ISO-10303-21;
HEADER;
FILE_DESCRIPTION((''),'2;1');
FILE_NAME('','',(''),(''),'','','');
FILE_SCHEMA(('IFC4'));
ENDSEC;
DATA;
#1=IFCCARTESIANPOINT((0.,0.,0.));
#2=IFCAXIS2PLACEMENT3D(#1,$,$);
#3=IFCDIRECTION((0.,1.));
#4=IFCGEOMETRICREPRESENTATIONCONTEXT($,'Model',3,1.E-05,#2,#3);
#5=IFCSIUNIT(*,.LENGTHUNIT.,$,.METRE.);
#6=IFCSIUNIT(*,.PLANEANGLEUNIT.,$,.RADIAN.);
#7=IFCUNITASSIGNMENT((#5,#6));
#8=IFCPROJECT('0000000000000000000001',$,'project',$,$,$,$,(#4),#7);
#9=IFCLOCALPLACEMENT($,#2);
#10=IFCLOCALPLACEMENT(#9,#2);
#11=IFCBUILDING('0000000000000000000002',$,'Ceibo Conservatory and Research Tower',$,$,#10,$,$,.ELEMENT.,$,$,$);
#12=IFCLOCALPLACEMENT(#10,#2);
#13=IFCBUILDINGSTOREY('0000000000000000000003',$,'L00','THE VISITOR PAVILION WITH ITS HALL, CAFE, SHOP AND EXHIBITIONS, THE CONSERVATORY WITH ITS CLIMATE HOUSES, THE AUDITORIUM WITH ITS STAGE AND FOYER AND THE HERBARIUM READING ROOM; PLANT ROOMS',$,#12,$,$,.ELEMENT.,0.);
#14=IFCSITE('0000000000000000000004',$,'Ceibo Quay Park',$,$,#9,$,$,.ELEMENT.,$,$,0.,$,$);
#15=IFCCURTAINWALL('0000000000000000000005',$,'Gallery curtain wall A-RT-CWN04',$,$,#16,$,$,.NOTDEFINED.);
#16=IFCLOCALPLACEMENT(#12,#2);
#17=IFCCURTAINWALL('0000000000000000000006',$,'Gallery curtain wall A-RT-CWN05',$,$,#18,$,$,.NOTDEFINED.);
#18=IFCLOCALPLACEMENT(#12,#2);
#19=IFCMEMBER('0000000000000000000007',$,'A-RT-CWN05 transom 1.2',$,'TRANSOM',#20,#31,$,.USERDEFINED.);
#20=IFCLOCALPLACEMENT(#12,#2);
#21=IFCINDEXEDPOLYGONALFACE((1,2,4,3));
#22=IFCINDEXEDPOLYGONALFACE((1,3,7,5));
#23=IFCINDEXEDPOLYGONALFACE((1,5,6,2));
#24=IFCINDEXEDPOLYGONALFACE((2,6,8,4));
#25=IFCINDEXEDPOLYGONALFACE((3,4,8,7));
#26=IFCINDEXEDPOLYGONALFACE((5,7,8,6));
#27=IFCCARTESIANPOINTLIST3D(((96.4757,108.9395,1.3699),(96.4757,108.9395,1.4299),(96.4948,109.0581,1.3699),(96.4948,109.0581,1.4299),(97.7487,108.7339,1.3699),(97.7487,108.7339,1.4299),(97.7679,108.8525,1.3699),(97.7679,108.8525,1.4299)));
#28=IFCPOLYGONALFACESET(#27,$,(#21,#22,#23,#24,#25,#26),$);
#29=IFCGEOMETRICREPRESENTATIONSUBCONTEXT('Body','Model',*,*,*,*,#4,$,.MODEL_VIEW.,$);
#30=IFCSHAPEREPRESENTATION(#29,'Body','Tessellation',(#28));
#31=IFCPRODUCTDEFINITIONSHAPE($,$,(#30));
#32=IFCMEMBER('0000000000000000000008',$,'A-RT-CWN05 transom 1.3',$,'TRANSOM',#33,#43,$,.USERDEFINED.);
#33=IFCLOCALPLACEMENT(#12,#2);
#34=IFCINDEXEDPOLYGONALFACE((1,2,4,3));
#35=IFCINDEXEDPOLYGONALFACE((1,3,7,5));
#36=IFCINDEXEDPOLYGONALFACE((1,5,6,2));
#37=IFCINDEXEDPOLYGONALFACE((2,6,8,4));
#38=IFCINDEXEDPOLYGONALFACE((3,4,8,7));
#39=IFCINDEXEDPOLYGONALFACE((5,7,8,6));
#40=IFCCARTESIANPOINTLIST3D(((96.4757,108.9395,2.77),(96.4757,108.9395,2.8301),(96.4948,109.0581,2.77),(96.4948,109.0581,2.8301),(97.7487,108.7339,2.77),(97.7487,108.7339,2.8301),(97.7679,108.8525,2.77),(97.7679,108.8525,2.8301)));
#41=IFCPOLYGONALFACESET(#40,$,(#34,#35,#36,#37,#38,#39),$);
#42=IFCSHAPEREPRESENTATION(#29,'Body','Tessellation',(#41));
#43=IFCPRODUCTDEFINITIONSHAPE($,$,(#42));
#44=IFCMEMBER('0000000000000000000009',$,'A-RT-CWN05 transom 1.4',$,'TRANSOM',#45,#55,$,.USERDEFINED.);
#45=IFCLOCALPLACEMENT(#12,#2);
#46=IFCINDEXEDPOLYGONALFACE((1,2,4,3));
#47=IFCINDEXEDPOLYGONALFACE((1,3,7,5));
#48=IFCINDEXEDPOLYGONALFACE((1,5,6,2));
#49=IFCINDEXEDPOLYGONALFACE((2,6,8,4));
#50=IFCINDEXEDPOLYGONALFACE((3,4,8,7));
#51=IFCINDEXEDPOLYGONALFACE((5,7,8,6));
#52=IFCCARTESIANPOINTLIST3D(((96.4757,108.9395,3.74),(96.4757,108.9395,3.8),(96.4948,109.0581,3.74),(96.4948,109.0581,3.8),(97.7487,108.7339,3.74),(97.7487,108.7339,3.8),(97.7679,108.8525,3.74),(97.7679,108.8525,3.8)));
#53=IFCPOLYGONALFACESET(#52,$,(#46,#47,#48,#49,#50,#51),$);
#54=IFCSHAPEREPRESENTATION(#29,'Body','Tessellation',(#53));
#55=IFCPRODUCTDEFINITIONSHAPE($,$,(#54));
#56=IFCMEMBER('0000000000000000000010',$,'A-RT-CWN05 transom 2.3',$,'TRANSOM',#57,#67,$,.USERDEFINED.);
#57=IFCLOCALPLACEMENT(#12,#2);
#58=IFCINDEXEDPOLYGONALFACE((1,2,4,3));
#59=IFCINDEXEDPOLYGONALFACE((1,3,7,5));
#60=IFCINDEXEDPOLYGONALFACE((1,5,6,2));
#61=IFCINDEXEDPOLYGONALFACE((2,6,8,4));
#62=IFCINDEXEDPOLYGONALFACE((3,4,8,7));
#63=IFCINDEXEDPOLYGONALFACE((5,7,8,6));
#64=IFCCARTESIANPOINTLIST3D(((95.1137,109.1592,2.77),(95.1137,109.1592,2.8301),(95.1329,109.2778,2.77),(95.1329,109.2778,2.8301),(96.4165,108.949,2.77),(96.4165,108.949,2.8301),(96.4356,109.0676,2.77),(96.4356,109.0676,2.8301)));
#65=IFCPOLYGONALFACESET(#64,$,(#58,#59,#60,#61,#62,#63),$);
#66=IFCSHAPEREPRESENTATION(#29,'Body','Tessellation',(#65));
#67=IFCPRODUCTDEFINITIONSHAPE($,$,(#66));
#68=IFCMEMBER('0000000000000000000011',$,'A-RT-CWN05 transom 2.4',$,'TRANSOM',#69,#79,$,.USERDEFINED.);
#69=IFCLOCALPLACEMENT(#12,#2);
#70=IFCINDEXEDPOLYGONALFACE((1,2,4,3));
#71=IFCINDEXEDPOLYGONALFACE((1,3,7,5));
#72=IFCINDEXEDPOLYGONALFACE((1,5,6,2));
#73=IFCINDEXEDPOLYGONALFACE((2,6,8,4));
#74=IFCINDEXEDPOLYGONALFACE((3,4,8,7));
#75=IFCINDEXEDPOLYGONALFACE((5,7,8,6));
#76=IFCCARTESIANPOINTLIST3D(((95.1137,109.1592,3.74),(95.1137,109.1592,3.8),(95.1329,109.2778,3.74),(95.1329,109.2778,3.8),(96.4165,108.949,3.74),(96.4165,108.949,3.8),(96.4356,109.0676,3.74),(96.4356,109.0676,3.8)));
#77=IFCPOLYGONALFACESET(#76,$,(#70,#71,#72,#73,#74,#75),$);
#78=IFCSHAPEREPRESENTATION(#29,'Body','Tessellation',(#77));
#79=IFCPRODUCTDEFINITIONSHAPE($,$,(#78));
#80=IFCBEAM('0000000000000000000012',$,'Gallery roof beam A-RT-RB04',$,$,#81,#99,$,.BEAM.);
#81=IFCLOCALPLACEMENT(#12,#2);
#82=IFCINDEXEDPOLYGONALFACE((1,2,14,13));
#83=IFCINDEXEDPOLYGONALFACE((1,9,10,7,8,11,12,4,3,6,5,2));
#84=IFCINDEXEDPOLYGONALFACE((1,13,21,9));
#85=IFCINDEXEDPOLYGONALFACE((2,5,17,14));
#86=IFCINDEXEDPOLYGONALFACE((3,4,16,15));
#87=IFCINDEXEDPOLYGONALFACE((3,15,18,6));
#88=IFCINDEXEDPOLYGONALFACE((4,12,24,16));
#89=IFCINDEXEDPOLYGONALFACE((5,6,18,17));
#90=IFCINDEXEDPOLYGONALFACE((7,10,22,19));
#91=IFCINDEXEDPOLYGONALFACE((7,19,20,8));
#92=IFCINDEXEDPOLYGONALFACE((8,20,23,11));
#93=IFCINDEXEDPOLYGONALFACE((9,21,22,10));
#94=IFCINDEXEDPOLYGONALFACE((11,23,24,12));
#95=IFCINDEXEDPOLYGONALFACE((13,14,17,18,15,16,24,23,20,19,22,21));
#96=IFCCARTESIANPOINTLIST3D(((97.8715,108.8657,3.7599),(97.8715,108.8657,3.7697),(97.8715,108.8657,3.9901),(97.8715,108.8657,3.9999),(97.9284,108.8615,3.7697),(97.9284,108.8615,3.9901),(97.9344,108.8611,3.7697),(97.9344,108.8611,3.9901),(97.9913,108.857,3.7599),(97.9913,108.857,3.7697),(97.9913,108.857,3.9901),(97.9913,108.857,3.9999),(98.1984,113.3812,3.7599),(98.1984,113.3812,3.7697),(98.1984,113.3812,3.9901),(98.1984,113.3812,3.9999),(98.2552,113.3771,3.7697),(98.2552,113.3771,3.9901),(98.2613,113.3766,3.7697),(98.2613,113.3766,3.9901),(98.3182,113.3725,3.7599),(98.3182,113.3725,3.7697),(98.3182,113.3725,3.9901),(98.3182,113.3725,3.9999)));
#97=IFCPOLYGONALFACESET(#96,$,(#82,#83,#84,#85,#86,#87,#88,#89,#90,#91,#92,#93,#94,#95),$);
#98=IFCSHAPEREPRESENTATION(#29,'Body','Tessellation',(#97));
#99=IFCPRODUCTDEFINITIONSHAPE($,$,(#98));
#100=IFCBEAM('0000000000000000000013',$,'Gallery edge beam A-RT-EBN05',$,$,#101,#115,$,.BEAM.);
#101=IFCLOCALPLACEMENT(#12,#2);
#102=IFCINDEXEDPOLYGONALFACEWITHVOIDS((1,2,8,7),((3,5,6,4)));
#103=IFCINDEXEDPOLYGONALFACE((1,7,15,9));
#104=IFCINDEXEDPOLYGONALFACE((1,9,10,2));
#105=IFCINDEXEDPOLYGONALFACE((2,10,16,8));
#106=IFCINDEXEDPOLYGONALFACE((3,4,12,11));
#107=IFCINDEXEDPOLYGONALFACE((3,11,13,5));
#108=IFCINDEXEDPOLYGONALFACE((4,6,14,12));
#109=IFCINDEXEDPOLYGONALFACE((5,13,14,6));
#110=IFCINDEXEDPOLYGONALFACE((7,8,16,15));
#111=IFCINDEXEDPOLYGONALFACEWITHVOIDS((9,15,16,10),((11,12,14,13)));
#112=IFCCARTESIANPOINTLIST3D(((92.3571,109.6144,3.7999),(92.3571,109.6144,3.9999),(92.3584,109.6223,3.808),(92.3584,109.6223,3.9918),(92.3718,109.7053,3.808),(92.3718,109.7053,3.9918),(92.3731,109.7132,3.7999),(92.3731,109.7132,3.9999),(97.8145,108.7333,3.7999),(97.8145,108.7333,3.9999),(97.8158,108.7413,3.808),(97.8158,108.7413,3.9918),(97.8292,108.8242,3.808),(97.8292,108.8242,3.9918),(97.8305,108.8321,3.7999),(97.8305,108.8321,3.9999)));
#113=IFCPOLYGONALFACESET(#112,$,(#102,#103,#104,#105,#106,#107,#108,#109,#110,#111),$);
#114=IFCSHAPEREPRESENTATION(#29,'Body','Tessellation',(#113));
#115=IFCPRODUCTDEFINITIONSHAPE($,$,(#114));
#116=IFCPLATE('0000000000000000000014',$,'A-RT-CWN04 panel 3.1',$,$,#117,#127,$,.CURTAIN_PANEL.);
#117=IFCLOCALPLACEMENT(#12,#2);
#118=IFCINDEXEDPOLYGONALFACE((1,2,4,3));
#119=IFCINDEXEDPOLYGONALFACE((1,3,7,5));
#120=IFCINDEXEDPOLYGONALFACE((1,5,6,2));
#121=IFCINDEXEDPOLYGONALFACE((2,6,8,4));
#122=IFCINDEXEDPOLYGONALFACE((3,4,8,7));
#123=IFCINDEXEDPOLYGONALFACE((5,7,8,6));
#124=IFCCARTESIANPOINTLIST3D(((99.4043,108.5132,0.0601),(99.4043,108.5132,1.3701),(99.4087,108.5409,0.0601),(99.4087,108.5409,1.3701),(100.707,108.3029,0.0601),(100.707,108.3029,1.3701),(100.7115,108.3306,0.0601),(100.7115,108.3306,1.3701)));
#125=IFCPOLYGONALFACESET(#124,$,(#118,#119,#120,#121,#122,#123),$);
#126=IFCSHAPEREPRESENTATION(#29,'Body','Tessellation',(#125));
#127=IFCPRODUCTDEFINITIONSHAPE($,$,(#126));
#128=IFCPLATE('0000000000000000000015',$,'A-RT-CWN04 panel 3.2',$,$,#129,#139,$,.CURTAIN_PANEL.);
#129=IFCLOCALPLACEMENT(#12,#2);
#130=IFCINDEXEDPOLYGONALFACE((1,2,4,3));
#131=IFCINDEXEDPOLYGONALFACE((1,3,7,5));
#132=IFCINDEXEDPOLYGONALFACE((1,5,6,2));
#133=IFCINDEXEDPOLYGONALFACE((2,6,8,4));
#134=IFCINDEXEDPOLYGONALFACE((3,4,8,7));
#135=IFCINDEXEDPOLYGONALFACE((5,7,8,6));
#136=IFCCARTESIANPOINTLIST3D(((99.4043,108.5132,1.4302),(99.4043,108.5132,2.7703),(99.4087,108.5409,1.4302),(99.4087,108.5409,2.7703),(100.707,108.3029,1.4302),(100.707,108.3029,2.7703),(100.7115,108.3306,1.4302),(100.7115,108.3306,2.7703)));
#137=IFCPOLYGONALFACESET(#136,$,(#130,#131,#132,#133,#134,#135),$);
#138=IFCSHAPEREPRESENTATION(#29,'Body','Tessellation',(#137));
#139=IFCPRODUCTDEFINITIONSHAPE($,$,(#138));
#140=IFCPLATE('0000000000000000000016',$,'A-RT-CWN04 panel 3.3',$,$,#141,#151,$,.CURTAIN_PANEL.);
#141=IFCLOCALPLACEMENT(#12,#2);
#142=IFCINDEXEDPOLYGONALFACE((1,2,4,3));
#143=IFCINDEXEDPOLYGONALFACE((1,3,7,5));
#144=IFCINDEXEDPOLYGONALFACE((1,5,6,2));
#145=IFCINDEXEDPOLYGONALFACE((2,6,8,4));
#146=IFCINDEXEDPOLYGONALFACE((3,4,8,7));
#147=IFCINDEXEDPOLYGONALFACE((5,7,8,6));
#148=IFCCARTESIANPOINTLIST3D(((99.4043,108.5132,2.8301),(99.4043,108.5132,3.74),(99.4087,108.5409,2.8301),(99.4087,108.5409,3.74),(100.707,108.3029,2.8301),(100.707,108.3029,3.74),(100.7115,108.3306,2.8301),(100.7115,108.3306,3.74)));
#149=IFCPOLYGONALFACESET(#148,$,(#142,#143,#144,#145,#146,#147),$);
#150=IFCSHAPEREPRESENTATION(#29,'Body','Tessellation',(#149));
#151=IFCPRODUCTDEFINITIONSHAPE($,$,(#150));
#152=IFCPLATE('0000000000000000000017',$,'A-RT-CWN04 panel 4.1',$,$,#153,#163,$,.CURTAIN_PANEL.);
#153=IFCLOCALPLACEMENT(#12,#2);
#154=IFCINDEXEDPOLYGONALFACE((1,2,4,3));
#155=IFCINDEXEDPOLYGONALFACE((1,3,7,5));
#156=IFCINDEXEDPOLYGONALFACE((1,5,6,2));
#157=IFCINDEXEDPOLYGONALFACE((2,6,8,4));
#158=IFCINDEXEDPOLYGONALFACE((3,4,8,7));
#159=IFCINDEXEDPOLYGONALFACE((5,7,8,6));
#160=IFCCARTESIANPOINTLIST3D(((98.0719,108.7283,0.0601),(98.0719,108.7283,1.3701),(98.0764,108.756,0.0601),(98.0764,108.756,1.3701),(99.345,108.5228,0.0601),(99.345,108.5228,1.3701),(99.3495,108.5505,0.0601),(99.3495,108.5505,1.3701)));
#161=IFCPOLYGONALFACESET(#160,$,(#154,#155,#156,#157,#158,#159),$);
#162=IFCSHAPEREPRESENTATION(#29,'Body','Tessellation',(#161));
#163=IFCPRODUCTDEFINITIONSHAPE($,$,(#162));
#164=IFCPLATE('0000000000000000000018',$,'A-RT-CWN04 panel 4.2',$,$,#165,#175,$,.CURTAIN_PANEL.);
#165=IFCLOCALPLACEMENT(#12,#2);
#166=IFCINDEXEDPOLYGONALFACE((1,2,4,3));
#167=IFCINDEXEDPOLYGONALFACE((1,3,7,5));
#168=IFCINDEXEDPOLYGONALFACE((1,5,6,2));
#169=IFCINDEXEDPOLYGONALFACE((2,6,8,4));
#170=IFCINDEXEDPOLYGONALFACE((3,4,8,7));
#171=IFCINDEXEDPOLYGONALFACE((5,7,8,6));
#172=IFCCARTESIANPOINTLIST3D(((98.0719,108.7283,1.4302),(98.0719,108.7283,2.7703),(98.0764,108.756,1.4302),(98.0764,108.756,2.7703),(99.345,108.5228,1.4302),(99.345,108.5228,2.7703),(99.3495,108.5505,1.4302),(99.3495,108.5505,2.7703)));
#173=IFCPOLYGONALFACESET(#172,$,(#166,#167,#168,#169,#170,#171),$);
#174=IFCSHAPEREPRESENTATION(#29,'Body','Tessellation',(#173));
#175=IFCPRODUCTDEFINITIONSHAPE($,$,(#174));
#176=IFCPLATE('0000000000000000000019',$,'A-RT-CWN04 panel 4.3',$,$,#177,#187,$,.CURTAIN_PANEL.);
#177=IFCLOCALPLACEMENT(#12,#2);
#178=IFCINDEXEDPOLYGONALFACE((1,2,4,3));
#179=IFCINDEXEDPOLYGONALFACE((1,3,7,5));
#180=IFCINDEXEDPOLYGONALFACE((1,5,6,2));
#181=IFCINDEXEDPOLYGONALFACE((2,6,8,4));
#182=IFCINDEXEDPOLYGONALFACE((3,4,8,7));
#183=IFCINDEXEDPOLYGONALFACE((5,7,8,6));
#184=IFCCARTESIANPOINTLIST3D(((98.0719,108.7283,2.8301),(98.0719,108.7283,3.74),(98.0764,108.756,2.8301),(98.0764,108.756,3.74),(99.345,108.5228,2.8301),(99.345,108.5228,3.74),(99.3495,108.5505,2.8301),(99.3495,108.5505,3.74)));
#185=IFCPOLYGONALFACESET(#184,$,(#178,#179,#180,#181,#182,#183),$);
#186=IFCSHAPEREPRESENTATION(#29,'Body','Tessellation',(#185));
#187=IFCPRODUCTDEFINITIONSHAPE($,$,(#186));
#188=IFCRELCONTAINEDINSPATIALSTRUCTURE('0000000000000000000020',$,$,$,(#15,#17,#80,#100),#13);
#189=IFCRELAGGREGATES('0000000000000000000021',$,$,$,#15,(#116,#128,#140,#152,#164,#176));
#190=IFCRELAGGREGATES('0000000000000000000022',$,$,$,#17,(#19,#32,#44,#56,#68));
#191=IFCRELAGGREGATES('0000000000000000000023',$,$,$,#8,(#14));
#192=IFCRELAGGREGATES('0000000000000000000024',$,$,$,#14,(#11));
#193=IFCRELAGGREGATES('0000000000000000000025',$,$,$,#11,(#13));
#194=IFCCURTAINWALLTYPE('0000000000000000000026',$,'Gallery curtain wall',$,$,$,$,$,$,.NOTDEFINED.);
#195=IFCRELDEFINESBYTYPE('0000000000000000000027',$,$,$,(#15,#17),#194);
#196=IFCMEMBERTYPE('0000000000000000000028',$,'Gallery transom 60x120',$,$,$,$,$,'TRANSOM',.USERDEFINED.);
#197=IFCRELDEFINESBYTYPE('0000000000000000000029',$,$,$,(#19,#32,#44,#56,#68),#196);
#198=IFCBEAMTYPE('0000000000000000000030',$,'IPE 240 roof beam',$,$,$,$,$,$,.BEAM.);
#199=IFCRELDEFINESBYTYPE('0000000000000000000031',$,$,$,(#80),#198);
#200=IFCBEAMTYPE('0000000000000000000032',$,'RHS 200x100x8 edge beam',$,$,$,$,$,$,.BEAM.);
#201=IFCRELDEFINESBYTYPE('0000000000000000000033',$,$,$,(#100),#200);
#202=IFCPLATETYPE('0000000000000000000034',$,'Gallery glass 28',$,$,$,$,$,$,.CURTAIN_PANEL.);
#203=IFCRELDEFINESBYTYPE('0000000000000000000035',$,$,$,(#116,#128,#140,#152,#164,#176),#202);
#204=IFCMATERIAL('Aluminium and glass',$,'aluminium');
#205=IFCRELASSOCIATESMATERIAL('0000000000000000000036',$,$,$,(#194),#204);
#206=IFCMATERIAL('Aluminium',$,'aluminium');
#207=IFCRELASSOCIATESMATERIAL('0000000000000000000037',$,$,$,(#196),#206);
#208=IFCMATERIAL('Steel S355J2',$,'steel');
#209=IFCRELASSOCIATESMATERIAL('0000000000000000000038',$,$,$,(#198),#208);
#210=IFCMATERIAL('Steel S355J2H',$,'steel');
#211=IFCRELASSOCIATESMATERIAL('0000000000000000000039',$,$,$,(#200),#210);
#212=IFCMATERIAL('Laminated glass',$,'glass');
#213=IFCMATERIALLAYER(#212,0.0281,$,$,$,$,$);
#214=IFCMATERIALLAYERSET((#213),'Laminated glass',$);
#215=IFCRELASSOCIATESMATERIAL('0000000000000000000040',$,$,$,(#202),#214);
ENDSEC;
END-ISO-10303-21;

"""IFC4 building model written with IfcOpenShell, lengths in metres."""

from ifc_helpers import new_model, si_unit, direction, frame, origin, origin_2d, place, context, subcontext, project, spatial, rectangle, hollow_rectangle, i_section, extrude, material, layer, layer_set, material_profile, profile_set, type_object, element, aggregate, save


model = new_model("IFC4")

# Units and contexts
model_context = context("Model", 3, precision=1e-05, world=origin(), true_north=direction((0.0, 1.0)))
body_context = subcontext(model_context, "Body", "Model", "MODEL_VIEW")
ifc_project = project(units=[si_unit("LENGTHUNIT", "METRE"), si_unit("PLANEANGLEUNIT", "RADIAN")], contexts=[model_context])

# Site, building, storey
site_placement = place(None, origin())
site = spatial("IfcSite", under=ifc_project, at=site_placement, Name="Ceibo Quay Park", CompositionType="ELEMENT", RefElevation=0.0)
building_placement = place(site_placement, origin())
building = spatial("IfcBuilding", under=site, at=building_placement, Name="Ceibo Conservatory and Research Tower", CompositionType="ELEMENT")
storey_placement = place(building_placement, origin())
storey = spatial("IfcBuildingStorey", under=building, at=storey_placement, Name="L00", Description="THE VISITOR PAVILION WITH ITS HALL, CAFE, SHOP AND EXHIBITIONS, THE CONSERVATORY WITH ITS CLIMATE HOUSES, THE AUDITORIUM WITH ITS STAGE AND FOYER AND THE HERBARIUM READING ROOM; PLANT ROOMS", CompositionType="ELEMENT", Elevation=0.0)

# Shared definitions
ifc_material_1 = material(Name="Steel S355J2H", Category="steel")

# Curtain walls
ifc_material_2 = material(Name="Aluminium and glass", Category="aluminium")
curtain_wall_type = type_object("IfcCurtainWallType", Name="Gallery curtain wall", PredefinedType="NOTDEFINED", material=ifc_material_2)
curtain_wall_1_placement = place(storey_placement, origin())
curtain_wall_1 = element("IfcCurtainWall", 1, at=curtain_wall_1_placement, inside=storey, type_object=curtain_wall_type, Name="Gallery curtain wall A-RT-CWN04", PredefinedType="NOTDEFINED")
ifc_material_3 = material(Name="Aluminium", Category="aluminium")
curtain_wall_2_placement = place(storey_placement, origin())
curtain_wall_2 = element("IfcCurtainWall", 2, at=curtain_wall_2_placement, inside=storey, type_object=curtain_wall_type, Name="Gallery curtain wall A-RT-CWN05", PredefinedType="NOTDEFINED")

# Members
ifc_material_profile_1 = material_profile(ifc_material_3, rectangle(XDim=0.1201, YDim=0.0601, at=origin_2d()), Name="AL 60x120")
ifc_profile_set_1 = profile_set([ifc_material_profile_1], Name="Aluminium")
member_type_1 = type_object("IfcMemberType", Name="Gallery transom 60x120", ElementType="TRANSOM", PredefinedType="USERDEFINED", material=ifc_profile_set_1)
member_1_placement = place(storey_placement, frame((97.7583, 108.7932, 1.3999), z_axis=(-0.98721, 0.159423, 0.0), x_axis=(-0.159423, -0.98721, 0.0)))
member_1 = element("IfcMember", 3, at=member_1_placement, type_object=member_type_1, Name="A-RT-CWN05 transom 1.2", ObjectType="TRANSOM", PredefinedType="USERDEFINED", context=body_context, shape_type="SweptSolid", body=[
    extrude(rectangle(XDim=0.1201, YDim=0.0601, at=origin_2d()), origin(), (0.0, 0.0, 1.0), 1.2896),
])
member_2_placement = place(storey_placement, frame((97.7583, 108.7932, 2.8), z_axis=(-0.98721, 0.159423, 0.0), x_axis=(-0.159423, -0.98721, 0.0)))
member_2 = element("IfcMember", 4, at=member_2_placement, type_object=member_type_1, Name="A-RT-CWN05 transom 1.3", ObjectType="TRANSOM", PredefinedType="USERDEFINED", context=body_context, shape_type="SweptSolid", body=[
    extrude(rectangle(XDim=0.1201, YDim=0.0601, at=origin_2d()), origin(), (0.0, 0.0, 1.0), 1.2896),
])
member_3_placement = place(storey_placement, frame((97.7583, 108.7932, 3.77), z_axis=(-0.98721, 0.159423, 0.0), x_axis=(-0.159423, -0.98721, 0.0)))
member_3 = element("IfcMember", 5, at=member_3_placement, type_object=member_type_1, Name="A-RT-CWN05 transom 1.4", ObjectType="TRANSOM", PredefinedType="USERDEFINED", context=body_context, shape_type="SweptSolid", body=[
    extrude(rectangle(XDim=0.1201, YDim=0.0601, at=origin_2d()), origin(), (0.0, 0.0, 1.0), 1.2896),
])
member_4_placement = place(storey_placement, frame((96.426, 109.0083, 2.8), z_axis=(-0.987231, 0.159296, 0.0), x_axis=(-0.159296, -0.987231, 0.0)))
member_4 = element("IfcMember", 6, at=member_4_placement, type_object=member_type_1, Name="A-RT-CWN05 transom 2.3", ObjectType="TRANSOM", PredefinedType="USERDEFINED", context=body_context, shape_type="SweptSolid", body=[
    extrude(rectangle(XDim=0.1201, YDim=0.0601, at=origin_2d()), origin(), (0.0, 0.0, 1.0), 1.3196),
])
member_5_placement = place(storey_placement, frame((96.426, 109.0083, 3.77), z_axis=(-0.987231, 0.159296, 0.0), x_axis=(-0.159296, -0.987231, 0.0)))
member_5 = element("IfcMember", 7, at=member_5_placement, type_object=member_type_1, Name="A-RT-CWN05 transom 2.4", ObjectType="TRANSOM", PredefinedType="USERDEFINED", context=body_context, shape_type="SweptSolid", body=[
    extrude(rectangle(XDim=0.1201, YDim=0.0601, at=origin_2d()), origin(), (0.0, 0.0, 1.0), 1.3196),
])

# Beams
ifc_material_4 = material(Name="Steel S355J2", Category="steel")
ifc_material_profile_2 = material_profile(ifc_material_4, i_section(OverallWidth=0.1201, OverallDepth=0.24, WebThickness=0.0061, FlangeThickness=0.0098, at=origin_2d()), Name="IPE 240")
ifc_profile_set_2 = profile_set([ifc_material_profile_2], Name="Steel S355J2")
beam_type_1 = type_object("IfcBeamType", Name="IPE 240 roof beam", PredefinedType="BEAM", material=ifc_profile_set_2)
beam_1_placement = place(storey_placement, frame((97.9314, 108.8613, 3.8799), z_axis=(0.072205, 0.99739, 0.0), x_axis=(-0.99739, 0.072205, 0.0)))
element("IfcBeam", 8, at=beam_1_placement, inside=storey, type_object=beam_type_1, Name="Gallery roof beam A-RT-RB04", PredefinedType="BEAM", context=body_context, shape_type="SweptSolid", body=[
    extrude(i_section(OverallWidth=0.1201, OverallDepth=0.24, WebThickness=0.0061, FlangeThickness=0.0098, at=origin_2d()), origin(), (0.0, 0.0, 1.0), 4.5273),
])
ifc_material_profile_3 = material_profile(ifc_material_1, hollow_rectangle(XDim=0.1001, YDim=0.2, WallThickness=0.0081, at=origin_2d()), Name="RHS 200x100x8 edge beam")
ifc_profile_set_3 = profile_set([ifc_material_profile_3], Name="Steel S355J2H")
beam_type_2 = type_object("IfcBeamType", Name="RHS 200x100x8 edge beam", PredefinedType="BEAM", material=ifc_profile_set_3)
beam_2_placement = place(storey_placement, frame((97.8225, 108.7827, 3.8999), z_axis=(-0.987217, 0.159384, 0.0), x_axis=(-0.159384, -0.987217, 0.0)))
element("IfcBeam", 9, at=beam_2_placement, inside=storey, type_object=beam_type_2, Name="Gallery edge beam A-RT-EBN05", PredefinedType="BEAM", context=body_context, shape_type="SweptSolid", body=[
    extrude(hollow_rectangle(XDim=0.1001, YDim=0.2, WallThickness=0.0081, at=origin_2d()), origin(), (0.0, 0.0, 1.0), 5.5281),
])

# Plates
ifc_material_5 = material(Name="Laminated glass", Category="glass")
ifc_layer = layer(ifc_material_5, 0.0281)
ifc_layer_set = layer_set([ifc_layer], Name="Laminated glass")
plate_type = type_object("IfcPlateType", Name="Gallery glass 28", PredefinedType="CURTAIN_PANEL", material=ifc_layer_set)
plate_1_placement = place(storey_placement, frame((100.0579, 108.4219, 0.0601), z_axis=(0.0, 0.0, 1.0), x_axis=(-0.987216, 0.159391, 0.0)))
plate_1 = element("IfcPlate", 10, at=plate_1_placement, type_object=plate_type, Name="A-RT-CWN04 panel 3.1", PredefinedType="CURTAIN_PANEL", context=body_context, shape_type="SweptSolid", body=[
    extrude(rectangle(XDim=1.3196, YDim=0.0281, at=origin_2d()), origin(), (0.0, 0.0, 1.0), 1.3101),
])
plate_2_placement = place(storey_placement, frame((100.0579, 108.4219, 1.4302), z_axis=(0.0, 0.0, 1.0), x_axis=(-0.987216, 0.159391, 0.0)))
plate_2 = element("IfcPlate", 11, at=plate_2_placement, type_object=plate_type, Name="A-RT-CWN04 panel 3.2", PredefinedType="CURTAIN_PANEL", context=body_context, shape_type="SweptSolid", body=[
    extrude(rectangle(XDim=1.3196, YDim=0.0281, at=origin_2d()), origin(), (0.0, 0.0, 1.0), 1.3401),
])
plate_3_placement = place(storey_placement, frame((100.0579, 108.4219, 2.8301), z_axis=(0.0, 0.0, 1.0), x_axis=(-0.987216, 0.159391, 0.0)))
plate_3 = element("IfcPlate", 12, at=plate_3_placement, type_object=plate_type, Name="A-RT-CWN04 panel 3.3", PredefinedType="CURTAIN_PANEL", context=body_context, shape_type="SweptSolid", body=[
    extrude(rectangle(XDim=1.3196, YDim=0.0281, at=origin_2d()), origin(), (0.0, 0.0, 1.0), 0.9099),
])
plate_4_placement = place(storey_placement, frame((98.7107, 108.6394, 0.0601), z_axis=(0.0, 0.0, 1.0), x_axis=(-0.987216, 0.159391, 0.0)))
plate_4 = element("IfcPlate", 13, at=plate_4_placement, type_object=plate_type, Name="A-RT-CWN04 panel 4.1", PredefinedType="CURTAIN_PANEL", context=body_context, shape_type="SweptSolid", body=[
    extrude(rectangle(XDim=1.2896, YDim=0.0281, at=origin_2d()), origin(), (0.0, 0.0, 1.0), 1.3101),
])
plate_5_placement = place(storey_placement, frame((98.7107, 108.6394, 1.4302), z_axis=(0.0, 0.0, 1.0), x_axis=(-0.987216, 0.159391, 0.0)))
plate_5 = element("IfcPlate", 14, at=plate_5_placement, type_object=plate_type, Name="A-RT-CWN04 panel 4.2", PredefinedType="CURTAIN_PANEL", context=body_context, shape_type="SweptSolid", body=[
    extrude(rectangle(XDim=1.2896, YDim=0.0281, at=origin_2d()), origin(), (0.0, 0.0, 1.0), 1.3401),
])
plate_6_placement = place(storey_placement, frame((98.7107, 108.6394, 2.8301), z_axis=(0.0, 0.0, 1.0), x_axis=(-0.987216, 0.159391, 0.0)))
plate_6 = element("IfcPlate", 15, at=plate_6_placement, type_object=plate_type, Name="A-RT-CWN04 panel 4.3", PredefinedType="CURTAIN_PANEL", context=body_context, shape_type="SweptSolid", body=[
    extrude(rectangle(XDim=1.2896, YDim=0.0281, at=origin_2d()), origin(), (0.0, 0.0, 1.0), 0.9099),
])
aggregate(curtain_wall_1, [plate_1, plate_2, plate_3, plate_4, plate_5, plate_6])
aggregate(curtain_wall_2, [member_1, member_2, member_3, member_4, member_5])

save(model, "model.ifc")
